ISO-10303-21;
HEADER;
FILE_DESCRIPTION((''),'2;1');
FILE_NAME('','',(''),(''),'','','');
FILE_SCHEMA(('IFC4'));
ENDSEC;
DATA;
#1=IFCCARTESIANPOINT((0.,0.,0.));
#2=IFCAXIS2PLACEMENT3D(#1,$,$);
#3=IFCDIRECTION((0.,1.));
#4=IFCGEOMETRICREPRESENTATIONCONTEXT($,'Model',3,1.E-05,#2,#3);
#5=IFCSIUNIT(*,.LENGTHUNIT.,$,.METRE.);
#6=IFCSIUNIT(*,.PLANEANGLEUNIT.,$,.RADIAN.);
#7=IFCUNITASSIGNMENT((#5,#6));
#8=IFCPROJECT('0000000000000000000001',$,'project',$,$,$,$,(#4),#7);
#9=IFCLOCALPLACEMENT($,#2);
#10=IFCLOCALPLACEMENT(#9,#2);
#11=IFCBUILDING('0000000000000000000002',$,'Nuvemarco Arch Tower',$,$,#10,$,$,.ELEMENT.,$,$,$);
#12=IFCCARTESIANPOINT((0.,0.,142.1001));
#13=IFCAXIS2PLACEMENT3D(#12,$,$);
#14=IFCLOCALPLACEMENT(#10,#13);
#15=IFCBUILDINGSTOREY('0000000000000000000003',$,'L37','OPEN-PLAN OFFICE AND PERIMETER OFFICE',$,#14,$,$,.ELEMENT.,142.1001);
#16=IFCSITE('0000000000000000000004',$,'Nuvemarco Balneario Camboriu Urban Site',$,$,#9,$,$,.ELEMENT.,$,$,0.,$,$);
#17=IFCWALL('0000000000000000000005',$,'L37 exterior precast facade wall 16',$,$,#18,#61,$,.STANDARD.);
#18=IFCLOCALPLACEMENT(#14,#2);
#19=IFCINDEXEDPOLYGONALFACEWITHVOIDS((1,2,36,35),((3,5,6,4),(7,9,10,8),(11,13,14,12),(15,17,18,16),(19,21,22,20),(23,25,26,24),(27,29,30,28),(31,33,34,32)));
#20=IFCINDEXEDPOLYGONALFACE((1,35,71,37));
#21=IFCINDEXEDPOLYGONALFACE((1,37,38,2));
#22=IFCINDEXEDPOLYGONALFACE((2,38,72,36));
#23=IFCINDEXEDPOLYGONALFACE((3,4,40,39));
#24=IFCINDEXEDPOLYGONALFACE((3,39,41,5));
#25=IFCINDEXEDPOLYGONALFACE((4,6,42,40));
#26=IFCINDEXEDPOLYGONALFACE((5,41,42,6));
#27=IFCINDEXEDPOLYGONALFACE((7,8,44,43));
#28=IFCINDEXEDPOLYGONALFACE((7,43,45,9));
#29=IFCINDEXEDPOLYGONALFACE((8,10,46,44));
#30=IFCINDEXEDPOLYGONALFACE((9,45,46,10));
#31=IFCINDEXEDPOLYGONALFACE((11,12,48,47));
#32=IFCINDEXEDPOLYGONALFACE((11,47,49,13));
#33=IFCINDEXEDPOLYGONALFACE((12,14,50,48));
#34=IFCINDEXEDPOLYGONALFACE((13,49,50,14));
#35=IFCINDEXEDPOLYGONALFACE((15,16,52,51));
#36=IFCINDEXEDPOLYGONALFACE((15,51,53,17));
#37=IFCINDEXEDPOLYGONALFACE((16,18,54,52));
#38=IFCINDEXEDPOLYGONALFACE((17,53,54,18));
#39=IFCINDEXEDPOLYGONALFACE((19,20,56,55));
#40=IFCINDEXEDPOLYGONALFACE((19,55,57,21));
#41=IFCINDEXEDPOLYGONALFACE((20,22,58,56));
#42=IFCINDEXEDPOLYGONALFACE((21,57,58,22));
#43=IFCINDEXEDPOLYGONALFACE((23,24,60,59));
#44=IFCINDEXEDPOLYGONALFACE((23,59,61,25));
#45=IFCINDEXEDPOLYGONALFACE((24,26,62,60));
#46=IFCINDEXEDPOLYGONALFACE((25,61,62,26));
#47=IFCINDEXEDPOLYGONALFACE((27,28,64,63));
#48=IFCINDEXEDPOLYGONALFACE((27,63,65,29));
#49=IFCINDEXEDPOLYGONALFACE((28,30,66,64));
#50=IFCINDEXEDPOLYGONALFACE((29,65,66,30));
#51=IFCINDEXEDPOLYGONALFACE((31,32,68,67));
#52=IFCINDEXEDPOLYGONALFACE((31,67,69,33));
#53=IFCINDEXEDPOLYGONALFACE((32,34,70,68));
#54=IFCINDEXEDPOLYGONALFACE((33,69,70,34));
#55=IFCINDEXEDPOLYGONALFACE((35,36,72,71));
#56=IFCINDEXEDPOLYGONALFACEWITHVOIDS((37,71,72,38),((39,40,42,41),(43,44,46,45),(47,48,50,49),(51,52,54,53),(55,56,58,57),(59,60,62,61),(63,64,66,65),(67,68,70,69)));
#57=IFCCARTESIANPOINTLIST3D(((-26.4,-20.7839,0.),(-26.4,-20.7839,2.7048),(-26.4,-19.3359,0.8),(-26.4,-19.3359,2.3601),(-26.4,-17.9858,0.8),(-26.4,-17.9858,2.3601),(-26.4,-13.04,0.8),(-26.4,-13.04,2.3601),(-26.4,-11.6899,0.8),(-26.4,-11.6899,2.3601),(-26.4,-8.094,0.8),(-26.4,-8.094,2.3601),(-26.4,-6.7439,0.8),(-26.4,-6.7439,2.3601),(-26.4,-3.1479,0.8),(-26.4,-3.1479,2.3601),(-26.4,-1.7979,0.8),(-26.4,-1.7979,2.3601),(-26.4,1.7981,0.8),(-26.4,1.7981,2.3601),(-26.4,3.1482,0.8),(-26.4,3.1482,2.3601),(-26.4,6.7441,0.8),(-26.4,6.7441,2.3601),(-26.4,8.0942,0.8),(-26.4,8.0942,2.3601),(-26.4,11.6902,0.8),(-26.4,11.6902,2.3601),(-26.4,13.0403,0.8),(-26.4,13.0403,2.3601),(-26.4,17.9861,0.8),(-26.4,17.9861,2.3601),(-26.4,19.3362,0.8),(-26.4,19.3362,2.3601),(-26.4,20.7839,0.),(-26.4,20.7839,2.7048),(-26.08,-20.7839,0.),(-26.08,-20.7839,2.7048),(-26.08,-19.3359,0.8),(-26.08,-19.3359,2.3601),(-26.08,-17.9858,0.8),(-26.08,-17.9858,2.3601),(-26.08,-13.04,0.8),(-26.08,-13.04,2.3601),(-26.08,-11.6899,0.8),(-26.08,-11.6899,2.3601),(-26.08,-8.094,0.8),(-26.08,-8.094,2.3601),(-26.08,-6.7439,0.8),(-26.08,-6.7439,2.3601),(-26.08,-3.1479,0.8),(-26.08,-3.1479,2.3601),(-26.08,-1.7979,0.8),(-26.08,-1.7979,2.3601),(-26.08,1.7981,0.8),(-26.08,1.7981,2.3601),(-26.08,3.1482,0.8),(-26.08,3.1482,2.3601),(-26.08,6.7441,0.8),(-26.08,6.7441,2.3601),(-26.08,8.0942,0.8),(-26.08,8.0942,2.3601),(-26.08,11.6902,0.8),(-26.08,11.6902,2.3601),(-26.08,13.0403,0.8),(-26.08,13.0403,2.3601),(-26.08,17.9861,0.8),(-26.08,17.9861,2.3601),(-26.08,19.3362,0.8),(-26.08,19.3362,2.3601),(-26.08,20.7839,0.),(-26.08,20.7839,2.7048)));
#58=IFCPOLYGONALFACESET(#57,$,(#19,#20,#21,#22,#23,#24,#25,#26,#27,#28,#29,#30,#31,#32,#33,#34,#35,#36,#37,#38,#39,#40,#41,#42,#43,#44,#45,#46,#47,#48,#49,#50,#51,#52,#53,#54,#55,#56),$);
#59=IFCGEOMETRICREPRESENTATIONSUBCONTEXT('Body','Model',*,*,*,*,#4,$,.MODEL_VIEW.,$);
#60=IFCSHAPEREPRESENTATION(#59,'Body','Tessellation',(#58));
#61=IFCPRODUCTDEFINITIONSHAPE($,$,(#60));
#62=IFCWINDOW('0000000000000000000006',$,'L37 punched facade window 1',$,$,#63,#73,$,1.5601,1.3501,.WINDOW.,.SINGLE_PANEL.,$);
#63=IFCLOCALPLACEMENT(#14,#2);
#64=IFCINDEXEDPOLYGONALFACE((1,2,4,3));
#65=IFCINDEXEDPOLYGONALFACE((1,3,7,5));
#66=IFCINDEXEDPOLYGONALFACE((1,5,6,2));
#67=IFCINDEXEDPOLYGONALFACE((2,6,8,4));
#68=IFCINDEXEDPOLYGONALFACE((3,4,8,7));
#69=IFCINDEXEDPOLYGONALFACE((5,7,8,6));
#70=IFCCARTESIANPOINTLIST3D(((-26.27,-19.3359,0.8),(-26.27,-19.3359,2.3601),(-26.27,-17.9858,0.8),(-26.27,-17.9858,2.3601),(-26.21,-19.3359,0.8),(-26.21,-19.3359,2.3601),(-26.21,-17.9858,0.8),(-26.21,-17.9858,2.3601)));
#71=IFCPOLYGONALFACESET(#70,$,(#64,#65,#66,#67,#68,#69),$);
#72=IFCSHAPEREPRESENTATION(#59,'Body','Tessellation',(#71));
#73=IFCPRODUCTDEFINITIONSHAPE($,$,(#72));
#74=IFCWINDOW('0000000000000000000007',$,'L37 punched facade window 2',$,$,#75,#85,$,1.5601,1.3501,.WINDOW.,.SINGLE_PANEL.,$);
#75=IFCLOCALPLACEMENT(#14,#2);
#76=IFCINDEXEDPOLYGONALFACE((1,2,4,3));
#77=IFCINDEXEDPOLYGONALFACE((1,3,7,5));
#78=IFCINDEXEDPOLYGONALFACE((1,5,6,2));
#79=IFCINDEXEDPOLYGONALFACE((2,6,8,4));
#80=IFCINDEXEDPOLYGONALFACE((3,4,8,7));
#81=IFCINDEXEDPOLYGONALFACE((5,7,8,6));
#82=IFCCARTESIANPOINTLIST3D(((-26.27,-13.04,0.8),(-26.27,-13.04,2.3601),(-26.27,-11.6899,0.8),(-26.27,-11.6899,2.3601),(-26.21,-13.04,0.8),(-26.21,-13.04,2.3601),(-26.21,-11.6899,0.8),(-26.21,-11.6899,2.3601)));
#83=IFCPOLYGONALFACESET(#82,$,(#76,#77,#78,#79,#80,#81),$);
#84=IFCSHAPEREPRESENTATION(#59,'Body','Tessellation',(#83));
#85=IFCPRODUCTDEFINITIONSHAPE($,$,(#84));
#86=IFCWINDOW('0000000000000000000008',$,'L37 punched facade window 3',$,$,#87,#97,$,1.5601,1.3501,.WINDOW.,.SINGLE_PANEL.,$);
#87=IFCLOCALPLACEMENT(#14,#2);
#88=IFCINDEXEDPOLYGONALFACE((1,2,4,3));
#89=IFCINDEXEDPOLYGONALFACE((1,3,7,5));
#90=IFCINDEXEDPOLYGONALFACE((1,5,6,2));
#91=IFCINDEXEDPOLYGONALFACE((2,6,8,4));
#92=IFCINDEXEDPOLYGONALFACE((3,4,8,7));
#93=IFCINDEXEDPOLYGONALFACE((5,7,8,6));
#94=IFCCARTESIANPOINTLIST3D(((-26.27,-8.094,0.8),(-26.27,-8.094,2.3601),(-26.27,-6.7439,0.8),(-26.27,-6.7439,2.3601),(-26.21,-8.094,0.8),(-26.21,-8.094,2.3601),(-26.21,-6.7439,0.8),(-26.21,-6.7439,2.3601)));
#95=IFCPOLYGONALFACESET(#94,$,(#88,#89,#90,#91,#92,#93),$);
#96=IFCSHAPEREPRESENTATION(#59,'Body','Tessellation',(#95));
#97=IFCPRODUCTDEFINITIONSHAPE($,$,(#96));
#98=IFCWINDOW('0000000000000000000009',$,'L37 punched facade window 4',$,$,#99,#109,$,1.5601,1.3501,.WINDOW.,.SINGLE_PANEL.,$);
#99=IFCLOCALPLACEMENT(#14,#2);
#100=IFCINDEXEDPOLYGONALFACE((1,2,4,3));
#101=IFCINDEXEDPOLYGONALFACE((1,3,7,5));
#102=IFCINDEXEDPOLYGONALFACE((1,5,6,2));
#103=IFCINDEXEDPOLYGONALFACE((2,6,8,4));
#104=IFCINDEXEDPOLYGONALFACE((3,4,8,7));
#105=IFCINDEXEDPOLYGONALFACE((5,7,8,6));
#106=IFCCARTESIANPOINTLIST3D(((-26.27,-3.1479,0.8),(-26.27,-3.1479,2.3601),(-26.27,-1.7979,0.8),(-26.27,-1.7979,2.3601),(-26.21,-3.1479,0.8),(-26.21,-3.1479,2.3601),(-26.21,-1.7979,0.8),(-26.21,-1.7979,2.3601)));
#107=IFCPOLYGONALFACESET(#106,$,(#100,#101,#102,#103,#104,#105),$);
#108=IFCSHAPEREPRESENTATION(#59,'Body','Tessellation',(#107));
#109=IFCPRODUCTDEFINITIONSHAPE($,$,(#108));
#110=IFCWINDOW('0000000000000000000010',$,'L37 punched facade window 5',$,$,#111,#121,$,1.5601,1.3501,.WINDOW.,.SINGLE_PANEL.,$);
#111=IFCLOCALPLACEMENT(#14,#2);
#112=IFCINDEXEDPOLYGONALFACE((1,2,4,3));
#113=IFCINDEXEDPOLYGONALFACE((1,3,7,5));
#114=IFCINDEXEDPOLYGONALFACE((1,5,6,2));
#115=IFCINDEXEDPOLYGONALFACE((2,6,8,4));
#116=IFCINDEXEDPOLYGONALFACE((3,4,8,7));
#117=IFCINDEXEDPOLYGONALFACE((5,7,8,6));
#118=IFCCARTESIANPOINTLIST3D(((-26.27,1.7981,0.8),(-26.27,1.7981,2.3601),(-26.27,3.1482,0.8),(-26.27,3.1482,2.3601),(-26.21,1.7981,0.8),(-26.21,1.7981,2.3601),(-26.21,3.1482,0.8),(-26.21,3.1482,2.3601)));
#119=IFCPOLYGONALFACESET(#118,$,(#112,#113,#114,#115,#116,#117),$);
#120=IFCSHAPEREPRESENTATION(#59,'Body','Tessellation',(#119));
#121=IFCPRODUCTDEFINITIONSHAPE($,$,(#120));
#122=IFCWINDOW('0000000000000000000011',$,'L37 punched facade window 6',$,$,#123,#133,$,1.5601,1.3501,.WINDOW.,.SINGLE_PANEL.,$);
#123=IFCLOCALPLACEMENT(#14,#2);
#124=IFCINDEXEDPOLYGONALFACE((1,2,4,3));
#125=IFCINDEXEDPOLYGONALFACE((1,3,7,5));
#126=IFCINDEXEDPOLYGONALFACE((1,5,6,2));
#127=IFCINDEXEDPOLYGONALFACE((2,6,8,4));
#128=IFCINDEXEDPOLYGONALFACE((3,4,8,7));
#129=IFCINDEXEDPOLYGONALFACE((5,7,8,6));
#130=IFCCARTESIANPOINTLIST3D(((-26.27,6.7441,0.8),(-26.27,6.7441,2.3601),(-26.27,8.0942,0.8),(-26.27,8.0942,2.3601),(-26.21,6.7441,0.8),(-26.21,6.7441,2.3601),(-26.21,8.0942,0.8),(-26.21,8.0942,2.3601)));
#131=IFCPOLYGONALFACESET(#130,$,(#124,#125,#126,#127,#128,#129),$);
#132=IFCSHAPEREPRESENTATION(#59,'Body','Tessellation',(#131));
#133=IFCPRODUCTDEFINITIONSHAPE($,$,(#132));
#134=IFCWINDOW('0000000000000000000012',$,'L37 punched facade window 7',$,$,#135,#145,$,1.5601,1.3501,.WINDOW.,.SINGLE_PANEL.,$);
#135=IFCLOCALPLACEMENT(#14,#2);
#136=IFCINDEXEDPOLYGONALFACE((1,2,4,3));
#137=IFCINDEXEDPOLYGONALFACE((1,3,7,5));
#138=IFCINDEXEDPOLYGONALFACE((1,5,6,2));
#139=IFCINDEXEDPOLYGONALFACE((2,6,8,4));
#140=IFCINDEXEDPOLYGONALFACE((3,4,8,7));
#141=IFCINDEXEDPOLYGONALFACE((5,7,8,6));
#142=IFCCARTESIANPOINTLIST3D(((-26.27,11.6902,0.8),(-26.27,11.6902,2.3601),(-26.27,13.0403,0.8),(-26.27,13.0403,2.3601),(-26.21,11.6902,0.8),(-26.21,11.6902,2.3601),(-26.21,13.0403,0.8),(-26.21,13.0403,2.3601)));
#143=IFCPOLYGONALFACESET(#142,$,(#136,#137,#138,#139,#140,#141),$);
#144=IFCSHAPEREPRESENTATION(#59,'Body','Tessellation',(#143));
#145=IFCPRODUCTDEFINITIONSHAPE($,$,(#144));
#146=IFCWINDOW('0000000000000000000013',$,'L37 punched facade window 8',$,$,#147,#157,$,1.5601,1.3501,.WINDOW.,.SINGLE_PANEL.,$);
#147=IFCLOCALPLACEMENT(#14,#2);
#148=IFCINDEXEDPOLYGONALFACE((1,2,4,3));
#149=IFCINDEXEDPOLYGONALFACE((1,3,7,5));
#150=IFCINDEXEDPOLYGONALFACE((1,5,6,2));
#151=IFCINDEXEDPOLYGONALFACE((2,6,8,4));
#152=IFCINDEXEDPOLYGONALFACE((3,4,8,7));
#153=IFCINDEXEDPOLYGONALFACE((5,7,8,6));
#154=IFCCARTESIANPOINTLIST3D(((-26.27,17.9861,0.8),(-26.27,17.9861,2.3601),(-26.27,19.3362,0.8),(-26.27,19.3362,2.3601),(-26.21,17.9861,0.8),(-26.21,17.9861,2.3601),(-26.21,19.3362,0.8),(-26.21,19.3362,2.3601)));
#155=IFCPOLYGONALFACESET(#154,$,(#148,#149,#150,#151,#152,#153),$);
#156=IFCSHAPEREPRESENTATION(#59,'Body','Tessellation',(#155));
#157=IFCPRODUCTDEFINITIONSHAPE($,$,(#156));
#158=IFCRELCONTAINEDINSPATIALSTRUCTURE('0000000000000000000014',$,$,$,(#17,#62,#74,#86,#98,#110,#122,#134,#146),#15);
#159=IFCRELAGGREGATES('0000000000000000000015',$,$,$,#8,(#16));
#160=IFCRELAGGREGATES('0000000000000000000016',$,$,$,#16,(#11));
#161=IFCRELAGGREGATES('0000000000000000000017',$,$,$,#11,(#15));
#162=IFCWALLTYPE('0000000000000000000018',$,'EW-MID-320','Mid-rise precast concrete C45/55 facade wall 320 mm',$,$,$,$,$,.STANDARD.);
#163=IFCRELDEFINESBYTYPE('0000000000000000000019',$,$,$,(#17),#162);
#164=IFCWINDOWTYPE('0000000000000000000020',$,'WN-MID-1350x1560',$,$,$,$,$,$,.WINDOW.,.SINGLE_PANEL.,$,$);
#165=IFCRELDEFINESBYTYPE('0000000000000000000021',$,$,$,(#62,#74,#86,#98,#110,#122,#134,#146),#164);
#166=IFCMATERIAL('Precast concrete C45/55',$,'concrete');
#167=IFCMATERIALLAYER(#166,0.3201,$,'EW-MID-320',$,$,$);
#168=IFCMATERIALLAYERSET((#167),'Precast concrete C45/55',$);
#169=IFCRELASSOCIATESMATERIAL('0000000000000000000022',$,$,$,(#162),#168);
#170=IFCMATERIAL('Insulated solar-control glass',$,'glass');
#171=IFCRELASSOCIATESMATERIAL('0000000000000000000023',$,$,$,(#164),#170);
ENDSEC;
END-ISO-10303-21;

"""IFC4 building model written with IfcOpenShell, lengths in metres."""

from ifc_helpers import new_model, si_unit, direction, frame, frame_2d, origin, place, context, subcontext, project, spatial, rectangle, extrude, source, transform, mapped, material, layer, layer_set, type_object, type_shapes, element, fill, save


model = new_model("IFC4")

# Units and contexts
model_context = context("Model", 3, precision=1e-05, world=origin(), true_north=direction((0.0, 1.0)))
body_context = subcontext(model_context, "Body", "Model", "MODEL_VIEW")
ifc_project = project(units=[si_unit("LENGTHUNIT", "METRE"), si_unit("PLANEANGLEUNIT", "RADIAN")], contexts=[model_context])

# Site, building, storey
site_placement = place(None, origin())
site = spatial("IfcSite", under=ifc_project, at=site_placement, Name="Nuvemarco Balneario Camboriu Urban Site", CompositionType="ELEMENT", RefElevation=0.0)
building_placement = place(site_placement, origin())
building = spatial("IfcBuilding", under=site, at=building_placement, Name="Nuvemarco Arch Tower", CompositionType="ELEMENT")
storey_placement = place(building_placement, frame((0.0, 0.0, 142.1001)))
storey = spatial("IfcBuildingStorey", under=building, at=storey_placement, Name="L37", Description="OPEN-PLAN OFFICE AND PERIMETER OFFICE", CompositionType="ELEMENT", Elevation=142.1001)

# Wall, openings, windows
ifc_material_1 = material(Name="Precast concrete C45/55", Category="concrete")
ifc_layer = layer(ifc_material_1, 0.3201, Name="EW-MID-320")
ifc_layer_set = layer_set([ifc_layer], Name="Precast concrete C45/55")
wall_type = type_object("IfcWallType", Name="EW-MID-320", Description="Mid-rise precast concrete C45/55 facade wall 320 mm", PredefinedType="STANDARD", material=ifc_layer_set)
wall_1_placement = place(storey_placement, frame((-26.24, -20.7839, 0.0), z_axis=(0.0, 0.0, 1.0), x_axis=(0.0, 1.0, 0.0)))
wall_1 = element("IfcWall", 1, at=wall_1_placement, inside=storey, type_object=wall_type, Name="L37 exterior precast facade wall 16", PredefinedType="STANDARD", context=body_context, shape_type="SweptSolid", body=[
    extrude(rectangle(XDim=41.5679, YDim=0.3201, at=frame_2d((20.7839, 0.0))), origin(), (0.0, 0.0, 1.0), 2.7048),
])
opening_1_placement = place(wall_1_placement, frame((1.448, 0.0, 0.8)))
opening_1 = element("IfcOpeningElement", 2, at=opening_1_placement, cuts=wall_1, PredefinedType="OPENING", context=body_context, shape_type="SweptSolid", body=[
    extrude(rectangle(XDim=1.3501, YDim=1.5601, at=frame_2d((0.675, 0.78))), frame((0.0, 0.1699, 0.0), z_axis=(0.0, -1.0, 0.0), x_axis=(1.0, 0.0, 0.0)), (0.0, 0.0, 1.0), 0.3401),
])
opening_2_placement = place(wall_1_placement, frame((7.7439, 0.0, 0.8)))
opening_2 = element("IfcOpeningElement", 3, at=opening_2_placement, cuts=wall_1, PredefinedType="OPENING", context=body_context, shape_type="SweptSolid", body=[
    extrude(rectangle(XDim=1.3501, YDim=1.5601, at=frame_2d((0.675, 0.78))), frame((0.0, 0.1699, 0.0), z_axis=(0.0, -1.0, 0.0), x_axis=(1.0, 0.0, 0.0)), (0.0, 0.0, 1.0), 0.3401),
])
opening_3_placement = place(wall_1_placement, frame((12.6899, 0.0, 0.8)))
opening_3 = element("IfcOpeningElement", 4, at=opening_3_placement, cuts=wall_1, PredefinedType="OPENING", context=body_context, shape_type="SweptSolid", body=[
    extrude(rectangle(XDim=1.3501, YDim=1.5601, at=frame_2d((0.675, 0.78))), frame((0.0, 0.1699, 0.0), z_axis=(0.0, -1.0, 0.0), x_axis=(1.0, 0.0, 0.0)), (0.0, 0.0, 1.0), 0.3401),
])
opening_4_placement = place(wall_1_placement, frame((17.636, 0.0, 0.8)))
opening_4 = element("IfcOpeningElement", 5, at=opening_4_placement, cuts=wall_1, PredefinedType="OPENING", context=body_context, shape_type="SweptSolid", body=[
    extrude(rectangle(XDim=1.3501, YDim=1.5601, at=frame_2d((0.675, 0.78))), frame((0.0, 0.1699, 0.0), z_axis=(0.0, -1.0, 0.0), x_axis=(1.0, 0.0, 0.0)), (0.0, 0.0, 1.0), 0.3401),
])
opening_5_placement = place(wall_1_placement, frame((22.582, 0.0, 0.8)))
opening_5 = element("IfcOpeningElement", 6, at=opening_5_placement, cuts=wall_1, PredefinedType="OPENING", context=body_context, shape_type="SweptSolid", body=[
    extrude(rectangle(XDim=1.3501, YDim=1.5601, at=frame_2d((0.675, 0.78))), frame((0.0, 0.1699, 0.0), z_axis=(0.0, -1.0, 0.0), x_axis=(1.0, 0.0, 0.0)), (0.0, 0.0, 1.0), 0.3401),
])
opening_6_placement = place(wall_1_placement, frame((27.5281, 0.0, 0.8)))
opening_6 = element("IfcOpeningElement", 7, at=opening_6_placement, cuts=wall_1, PredefinedType="OPENING", context=body_context, shape_type="SweptSolid", body=[
    extrude(rectangle(XDim=1.3501, YDim=1.5601, at=frame_2d((0.675, 0.78))), frame((0.0, 0.1699, 0.0), z_axis=(0.0, -1.0, 0.0), x_axis=(1.0, 0.0, 0.0)), (0.0, 0.0, 1.0), 0.3401),
])
opening_7_placement = place(wall_1_placement, frame((32.4741, 0.0, 0.8)))
opening_7 = element("IfcOpeningElement", 8, at=opening_7_placement, cuts=wall_1, PredefinedType="OPENING", context=body_context, shape_type="SweptSolid", body=[
    extrude(rectangle(XDim=1.3501, YDim=1.5601, at=frame_2d((0.675, 0.78))), frame((0.0, 0.1699, 0.0), z_axis=(0.0, -1.0, 0.0), x_axis=(1.0, 0.0, 0.0)), (0.0, 0.0, 1.0), 0.3401),
])
opening_8_placement = place(wall_1_placement, frame((38.77, 0.0, 0.8)))
opening_8 = element("IfcOpeningElement", 9, at=opening_8_placement, cuts=wall_1, PredefinedType="OPENING", context=body_context, shape_type="SweptSolid", body=[
    extrude(rectangle(XDim=1.3501, YDim=1.5601, at=frame_2d((0.675, 0.78))), frame((0.0, 0.1699, 0.0), z_axis=(0.0, -1.0, 0.0), x_axis=(1.0, 0.0, 0.0)), (0.0, 0.0, 1.0), 0.3401),
])
ifc_material_2 = material(Name="Insulated solar-control glass", Category="glass")
window_type = type_object("IfcWindowType", Name="WN-MID-1350x1560", PartitioningType="SINGLE_PANEL", PredefinedType="WINDOW", material=ifc_material_2)
shared_shape_1 = source(origin(), body_context, "Body", "SweptSolid", [
    extrude(rectangle(XDim=1.3501, YDim=1.5601, at=frame_2d((0.675, 0.78))), frame((0.0, 0.03, 0.0), z_axis=(0.0, -1.0, 0.0), x_axis=(1.0, 0.0, 0.0)), (0.0, 0.0, 1.0), 0.0601),
])
type_shapes(window_type, [shared_shape_1])
window_1_placement = place(opening_1_placement, origin())
window_1 = element("IfcWindow", 10, at=window_1_placement, inside=storey, type_object=window_type, Name="L37 punched facade window 1", OverallHeight=1.5601, OverallWidth=1.3501, PartitioningType="SINGLE_PANEL", PredefinedType="WINDOW", context=body_context, shape_type="MappedRepresentation", body=[
    mapped(shared_shape_1, transform((0.0, 0.0, 0.0), scale=1.0)),
])
fill(opening_1, window_1)
window_2_placement = place(opening_2_placement, origin())
window_2 = element("IfcWindow", 11, at=window_2_placement, inside=storey, type_object=window_type, Name="L37 punched facade window 2", OverallHeight=1.5601, OverallWidth=1.3501, PartitioningType="SINGLE_PANEL", PredefinedType="WINDOW", context=body_context, shape_type="MappedRepresentation", body=[
    mapped(shared_shape_1, transform((0.0, 0.0, 0.0), scale=1.0)),
])
fill(opening_2, window_2)
window_3_placement = place(opening_3_placement, origin())
window_3 = element("IfcWindow", 12, at=window_3_placement, inside=storey, type_object=window_type, Name="L37 punched facade window 3", OverallHeight=1.5601, OverallWidth=1.3501, PartitioningType="SINGLE_PANEL", PredefinedType="WINDOW", context=body_context, shape_type="MappedRepresentation", body=[
    mapped(shared_shape_1, transform((0.0, 0.0, 0.0), scale=1.0)),
])
fill(opening_3, window_3)
window_4_placement = place(opening_4_placement, origin())
window_4 = element("IfcWindow", 13, at=window_4_placement, inside=storey, type_object=window_type, Name="L37 punched facade window 4", OverallHeight=1.5601, OverallWidth=1.3501, PartitioningType="SINGLE_PANEL", PredefinedType="WINDOW", context=body_context, shape_type="MappedRepresentation", body=[
    mapped(shared_shape_1, transform((0.0, 0.0, 0.0), scale=1.0)),
])
fill(opening_4, window_4)
window_5_placement = place(opening_5_placement, origin())
window_5 = element("IfcWindow", 14, at=window_5_placement, inside=storey, type_object=window_type, Name="L37 punched facade window 5", OverallHeight=1.5601, OverallWidth=1.3501, PartitioningType="SINGLE_PANEL", PredefinedType="WINDOW", context=body_context, shape_type="MappedRepresentation", body=[
    mapped(shared_shape_1, transform((0.0, 0.0, 0.0), scale=1.0)),
])
fill(opening_5, window_5)
window_6_placement = place(opening_6_placement, origin())
window_6 = element("IfcWindow", 15, at=window_6_placement, inside=storey, type_object=window_type, Name="L37 punched facade window 6", OverallHeight=1.5601, OverallWidth=1.3501, PartitioningType="SINGLE_PANEL", PredefinedType="WINDOW", context=body_context, shape_type="MappedRepresentation", body=[
    mapped(shared_shape_1, transform((0.0, 0.0, 0.0), scale=1.0)),
])
fill(opening_6, window_6)
window_7_placement = place(opening_7_placement, origin())
window_7 = element("IfcWindow", 16, at=window_7_placement, inside=storey, type_object=window_type, Name="L37 punched facade window 7", OverallHeight=1.5601, OverallWidth=1.3501, PartitioningType="SINGLE_PANEL", PredefinedType="WINDOW", context=body_context, shape_type="MappedRepresentation", body=[
    mapped(shared_shape_1, transform((0.0, 0.0, 0.0), scale=1.0)),
])
fill(opening_7, window_7)
window_8_placement = place(opening_8_placement, origin())
window_8 = element("IfcWindow", 17, at=window_8_placement, inside=storey, type_object=window_type, Name="L37 punched facade window 8", OverallHeight=1.5601, OverallWidth=1.3501, PartitioningType="SINGLE_PANEL", PredefinedType="WINDOW", context=body_context, shape_type="MappedRepresentation", body=[
    mapped(shared_shape_1, transform((0.0, 0.0, 0.0), scale=1.0)),
])
fill(opening_8, window_8)

save(model, "model.ifc")
